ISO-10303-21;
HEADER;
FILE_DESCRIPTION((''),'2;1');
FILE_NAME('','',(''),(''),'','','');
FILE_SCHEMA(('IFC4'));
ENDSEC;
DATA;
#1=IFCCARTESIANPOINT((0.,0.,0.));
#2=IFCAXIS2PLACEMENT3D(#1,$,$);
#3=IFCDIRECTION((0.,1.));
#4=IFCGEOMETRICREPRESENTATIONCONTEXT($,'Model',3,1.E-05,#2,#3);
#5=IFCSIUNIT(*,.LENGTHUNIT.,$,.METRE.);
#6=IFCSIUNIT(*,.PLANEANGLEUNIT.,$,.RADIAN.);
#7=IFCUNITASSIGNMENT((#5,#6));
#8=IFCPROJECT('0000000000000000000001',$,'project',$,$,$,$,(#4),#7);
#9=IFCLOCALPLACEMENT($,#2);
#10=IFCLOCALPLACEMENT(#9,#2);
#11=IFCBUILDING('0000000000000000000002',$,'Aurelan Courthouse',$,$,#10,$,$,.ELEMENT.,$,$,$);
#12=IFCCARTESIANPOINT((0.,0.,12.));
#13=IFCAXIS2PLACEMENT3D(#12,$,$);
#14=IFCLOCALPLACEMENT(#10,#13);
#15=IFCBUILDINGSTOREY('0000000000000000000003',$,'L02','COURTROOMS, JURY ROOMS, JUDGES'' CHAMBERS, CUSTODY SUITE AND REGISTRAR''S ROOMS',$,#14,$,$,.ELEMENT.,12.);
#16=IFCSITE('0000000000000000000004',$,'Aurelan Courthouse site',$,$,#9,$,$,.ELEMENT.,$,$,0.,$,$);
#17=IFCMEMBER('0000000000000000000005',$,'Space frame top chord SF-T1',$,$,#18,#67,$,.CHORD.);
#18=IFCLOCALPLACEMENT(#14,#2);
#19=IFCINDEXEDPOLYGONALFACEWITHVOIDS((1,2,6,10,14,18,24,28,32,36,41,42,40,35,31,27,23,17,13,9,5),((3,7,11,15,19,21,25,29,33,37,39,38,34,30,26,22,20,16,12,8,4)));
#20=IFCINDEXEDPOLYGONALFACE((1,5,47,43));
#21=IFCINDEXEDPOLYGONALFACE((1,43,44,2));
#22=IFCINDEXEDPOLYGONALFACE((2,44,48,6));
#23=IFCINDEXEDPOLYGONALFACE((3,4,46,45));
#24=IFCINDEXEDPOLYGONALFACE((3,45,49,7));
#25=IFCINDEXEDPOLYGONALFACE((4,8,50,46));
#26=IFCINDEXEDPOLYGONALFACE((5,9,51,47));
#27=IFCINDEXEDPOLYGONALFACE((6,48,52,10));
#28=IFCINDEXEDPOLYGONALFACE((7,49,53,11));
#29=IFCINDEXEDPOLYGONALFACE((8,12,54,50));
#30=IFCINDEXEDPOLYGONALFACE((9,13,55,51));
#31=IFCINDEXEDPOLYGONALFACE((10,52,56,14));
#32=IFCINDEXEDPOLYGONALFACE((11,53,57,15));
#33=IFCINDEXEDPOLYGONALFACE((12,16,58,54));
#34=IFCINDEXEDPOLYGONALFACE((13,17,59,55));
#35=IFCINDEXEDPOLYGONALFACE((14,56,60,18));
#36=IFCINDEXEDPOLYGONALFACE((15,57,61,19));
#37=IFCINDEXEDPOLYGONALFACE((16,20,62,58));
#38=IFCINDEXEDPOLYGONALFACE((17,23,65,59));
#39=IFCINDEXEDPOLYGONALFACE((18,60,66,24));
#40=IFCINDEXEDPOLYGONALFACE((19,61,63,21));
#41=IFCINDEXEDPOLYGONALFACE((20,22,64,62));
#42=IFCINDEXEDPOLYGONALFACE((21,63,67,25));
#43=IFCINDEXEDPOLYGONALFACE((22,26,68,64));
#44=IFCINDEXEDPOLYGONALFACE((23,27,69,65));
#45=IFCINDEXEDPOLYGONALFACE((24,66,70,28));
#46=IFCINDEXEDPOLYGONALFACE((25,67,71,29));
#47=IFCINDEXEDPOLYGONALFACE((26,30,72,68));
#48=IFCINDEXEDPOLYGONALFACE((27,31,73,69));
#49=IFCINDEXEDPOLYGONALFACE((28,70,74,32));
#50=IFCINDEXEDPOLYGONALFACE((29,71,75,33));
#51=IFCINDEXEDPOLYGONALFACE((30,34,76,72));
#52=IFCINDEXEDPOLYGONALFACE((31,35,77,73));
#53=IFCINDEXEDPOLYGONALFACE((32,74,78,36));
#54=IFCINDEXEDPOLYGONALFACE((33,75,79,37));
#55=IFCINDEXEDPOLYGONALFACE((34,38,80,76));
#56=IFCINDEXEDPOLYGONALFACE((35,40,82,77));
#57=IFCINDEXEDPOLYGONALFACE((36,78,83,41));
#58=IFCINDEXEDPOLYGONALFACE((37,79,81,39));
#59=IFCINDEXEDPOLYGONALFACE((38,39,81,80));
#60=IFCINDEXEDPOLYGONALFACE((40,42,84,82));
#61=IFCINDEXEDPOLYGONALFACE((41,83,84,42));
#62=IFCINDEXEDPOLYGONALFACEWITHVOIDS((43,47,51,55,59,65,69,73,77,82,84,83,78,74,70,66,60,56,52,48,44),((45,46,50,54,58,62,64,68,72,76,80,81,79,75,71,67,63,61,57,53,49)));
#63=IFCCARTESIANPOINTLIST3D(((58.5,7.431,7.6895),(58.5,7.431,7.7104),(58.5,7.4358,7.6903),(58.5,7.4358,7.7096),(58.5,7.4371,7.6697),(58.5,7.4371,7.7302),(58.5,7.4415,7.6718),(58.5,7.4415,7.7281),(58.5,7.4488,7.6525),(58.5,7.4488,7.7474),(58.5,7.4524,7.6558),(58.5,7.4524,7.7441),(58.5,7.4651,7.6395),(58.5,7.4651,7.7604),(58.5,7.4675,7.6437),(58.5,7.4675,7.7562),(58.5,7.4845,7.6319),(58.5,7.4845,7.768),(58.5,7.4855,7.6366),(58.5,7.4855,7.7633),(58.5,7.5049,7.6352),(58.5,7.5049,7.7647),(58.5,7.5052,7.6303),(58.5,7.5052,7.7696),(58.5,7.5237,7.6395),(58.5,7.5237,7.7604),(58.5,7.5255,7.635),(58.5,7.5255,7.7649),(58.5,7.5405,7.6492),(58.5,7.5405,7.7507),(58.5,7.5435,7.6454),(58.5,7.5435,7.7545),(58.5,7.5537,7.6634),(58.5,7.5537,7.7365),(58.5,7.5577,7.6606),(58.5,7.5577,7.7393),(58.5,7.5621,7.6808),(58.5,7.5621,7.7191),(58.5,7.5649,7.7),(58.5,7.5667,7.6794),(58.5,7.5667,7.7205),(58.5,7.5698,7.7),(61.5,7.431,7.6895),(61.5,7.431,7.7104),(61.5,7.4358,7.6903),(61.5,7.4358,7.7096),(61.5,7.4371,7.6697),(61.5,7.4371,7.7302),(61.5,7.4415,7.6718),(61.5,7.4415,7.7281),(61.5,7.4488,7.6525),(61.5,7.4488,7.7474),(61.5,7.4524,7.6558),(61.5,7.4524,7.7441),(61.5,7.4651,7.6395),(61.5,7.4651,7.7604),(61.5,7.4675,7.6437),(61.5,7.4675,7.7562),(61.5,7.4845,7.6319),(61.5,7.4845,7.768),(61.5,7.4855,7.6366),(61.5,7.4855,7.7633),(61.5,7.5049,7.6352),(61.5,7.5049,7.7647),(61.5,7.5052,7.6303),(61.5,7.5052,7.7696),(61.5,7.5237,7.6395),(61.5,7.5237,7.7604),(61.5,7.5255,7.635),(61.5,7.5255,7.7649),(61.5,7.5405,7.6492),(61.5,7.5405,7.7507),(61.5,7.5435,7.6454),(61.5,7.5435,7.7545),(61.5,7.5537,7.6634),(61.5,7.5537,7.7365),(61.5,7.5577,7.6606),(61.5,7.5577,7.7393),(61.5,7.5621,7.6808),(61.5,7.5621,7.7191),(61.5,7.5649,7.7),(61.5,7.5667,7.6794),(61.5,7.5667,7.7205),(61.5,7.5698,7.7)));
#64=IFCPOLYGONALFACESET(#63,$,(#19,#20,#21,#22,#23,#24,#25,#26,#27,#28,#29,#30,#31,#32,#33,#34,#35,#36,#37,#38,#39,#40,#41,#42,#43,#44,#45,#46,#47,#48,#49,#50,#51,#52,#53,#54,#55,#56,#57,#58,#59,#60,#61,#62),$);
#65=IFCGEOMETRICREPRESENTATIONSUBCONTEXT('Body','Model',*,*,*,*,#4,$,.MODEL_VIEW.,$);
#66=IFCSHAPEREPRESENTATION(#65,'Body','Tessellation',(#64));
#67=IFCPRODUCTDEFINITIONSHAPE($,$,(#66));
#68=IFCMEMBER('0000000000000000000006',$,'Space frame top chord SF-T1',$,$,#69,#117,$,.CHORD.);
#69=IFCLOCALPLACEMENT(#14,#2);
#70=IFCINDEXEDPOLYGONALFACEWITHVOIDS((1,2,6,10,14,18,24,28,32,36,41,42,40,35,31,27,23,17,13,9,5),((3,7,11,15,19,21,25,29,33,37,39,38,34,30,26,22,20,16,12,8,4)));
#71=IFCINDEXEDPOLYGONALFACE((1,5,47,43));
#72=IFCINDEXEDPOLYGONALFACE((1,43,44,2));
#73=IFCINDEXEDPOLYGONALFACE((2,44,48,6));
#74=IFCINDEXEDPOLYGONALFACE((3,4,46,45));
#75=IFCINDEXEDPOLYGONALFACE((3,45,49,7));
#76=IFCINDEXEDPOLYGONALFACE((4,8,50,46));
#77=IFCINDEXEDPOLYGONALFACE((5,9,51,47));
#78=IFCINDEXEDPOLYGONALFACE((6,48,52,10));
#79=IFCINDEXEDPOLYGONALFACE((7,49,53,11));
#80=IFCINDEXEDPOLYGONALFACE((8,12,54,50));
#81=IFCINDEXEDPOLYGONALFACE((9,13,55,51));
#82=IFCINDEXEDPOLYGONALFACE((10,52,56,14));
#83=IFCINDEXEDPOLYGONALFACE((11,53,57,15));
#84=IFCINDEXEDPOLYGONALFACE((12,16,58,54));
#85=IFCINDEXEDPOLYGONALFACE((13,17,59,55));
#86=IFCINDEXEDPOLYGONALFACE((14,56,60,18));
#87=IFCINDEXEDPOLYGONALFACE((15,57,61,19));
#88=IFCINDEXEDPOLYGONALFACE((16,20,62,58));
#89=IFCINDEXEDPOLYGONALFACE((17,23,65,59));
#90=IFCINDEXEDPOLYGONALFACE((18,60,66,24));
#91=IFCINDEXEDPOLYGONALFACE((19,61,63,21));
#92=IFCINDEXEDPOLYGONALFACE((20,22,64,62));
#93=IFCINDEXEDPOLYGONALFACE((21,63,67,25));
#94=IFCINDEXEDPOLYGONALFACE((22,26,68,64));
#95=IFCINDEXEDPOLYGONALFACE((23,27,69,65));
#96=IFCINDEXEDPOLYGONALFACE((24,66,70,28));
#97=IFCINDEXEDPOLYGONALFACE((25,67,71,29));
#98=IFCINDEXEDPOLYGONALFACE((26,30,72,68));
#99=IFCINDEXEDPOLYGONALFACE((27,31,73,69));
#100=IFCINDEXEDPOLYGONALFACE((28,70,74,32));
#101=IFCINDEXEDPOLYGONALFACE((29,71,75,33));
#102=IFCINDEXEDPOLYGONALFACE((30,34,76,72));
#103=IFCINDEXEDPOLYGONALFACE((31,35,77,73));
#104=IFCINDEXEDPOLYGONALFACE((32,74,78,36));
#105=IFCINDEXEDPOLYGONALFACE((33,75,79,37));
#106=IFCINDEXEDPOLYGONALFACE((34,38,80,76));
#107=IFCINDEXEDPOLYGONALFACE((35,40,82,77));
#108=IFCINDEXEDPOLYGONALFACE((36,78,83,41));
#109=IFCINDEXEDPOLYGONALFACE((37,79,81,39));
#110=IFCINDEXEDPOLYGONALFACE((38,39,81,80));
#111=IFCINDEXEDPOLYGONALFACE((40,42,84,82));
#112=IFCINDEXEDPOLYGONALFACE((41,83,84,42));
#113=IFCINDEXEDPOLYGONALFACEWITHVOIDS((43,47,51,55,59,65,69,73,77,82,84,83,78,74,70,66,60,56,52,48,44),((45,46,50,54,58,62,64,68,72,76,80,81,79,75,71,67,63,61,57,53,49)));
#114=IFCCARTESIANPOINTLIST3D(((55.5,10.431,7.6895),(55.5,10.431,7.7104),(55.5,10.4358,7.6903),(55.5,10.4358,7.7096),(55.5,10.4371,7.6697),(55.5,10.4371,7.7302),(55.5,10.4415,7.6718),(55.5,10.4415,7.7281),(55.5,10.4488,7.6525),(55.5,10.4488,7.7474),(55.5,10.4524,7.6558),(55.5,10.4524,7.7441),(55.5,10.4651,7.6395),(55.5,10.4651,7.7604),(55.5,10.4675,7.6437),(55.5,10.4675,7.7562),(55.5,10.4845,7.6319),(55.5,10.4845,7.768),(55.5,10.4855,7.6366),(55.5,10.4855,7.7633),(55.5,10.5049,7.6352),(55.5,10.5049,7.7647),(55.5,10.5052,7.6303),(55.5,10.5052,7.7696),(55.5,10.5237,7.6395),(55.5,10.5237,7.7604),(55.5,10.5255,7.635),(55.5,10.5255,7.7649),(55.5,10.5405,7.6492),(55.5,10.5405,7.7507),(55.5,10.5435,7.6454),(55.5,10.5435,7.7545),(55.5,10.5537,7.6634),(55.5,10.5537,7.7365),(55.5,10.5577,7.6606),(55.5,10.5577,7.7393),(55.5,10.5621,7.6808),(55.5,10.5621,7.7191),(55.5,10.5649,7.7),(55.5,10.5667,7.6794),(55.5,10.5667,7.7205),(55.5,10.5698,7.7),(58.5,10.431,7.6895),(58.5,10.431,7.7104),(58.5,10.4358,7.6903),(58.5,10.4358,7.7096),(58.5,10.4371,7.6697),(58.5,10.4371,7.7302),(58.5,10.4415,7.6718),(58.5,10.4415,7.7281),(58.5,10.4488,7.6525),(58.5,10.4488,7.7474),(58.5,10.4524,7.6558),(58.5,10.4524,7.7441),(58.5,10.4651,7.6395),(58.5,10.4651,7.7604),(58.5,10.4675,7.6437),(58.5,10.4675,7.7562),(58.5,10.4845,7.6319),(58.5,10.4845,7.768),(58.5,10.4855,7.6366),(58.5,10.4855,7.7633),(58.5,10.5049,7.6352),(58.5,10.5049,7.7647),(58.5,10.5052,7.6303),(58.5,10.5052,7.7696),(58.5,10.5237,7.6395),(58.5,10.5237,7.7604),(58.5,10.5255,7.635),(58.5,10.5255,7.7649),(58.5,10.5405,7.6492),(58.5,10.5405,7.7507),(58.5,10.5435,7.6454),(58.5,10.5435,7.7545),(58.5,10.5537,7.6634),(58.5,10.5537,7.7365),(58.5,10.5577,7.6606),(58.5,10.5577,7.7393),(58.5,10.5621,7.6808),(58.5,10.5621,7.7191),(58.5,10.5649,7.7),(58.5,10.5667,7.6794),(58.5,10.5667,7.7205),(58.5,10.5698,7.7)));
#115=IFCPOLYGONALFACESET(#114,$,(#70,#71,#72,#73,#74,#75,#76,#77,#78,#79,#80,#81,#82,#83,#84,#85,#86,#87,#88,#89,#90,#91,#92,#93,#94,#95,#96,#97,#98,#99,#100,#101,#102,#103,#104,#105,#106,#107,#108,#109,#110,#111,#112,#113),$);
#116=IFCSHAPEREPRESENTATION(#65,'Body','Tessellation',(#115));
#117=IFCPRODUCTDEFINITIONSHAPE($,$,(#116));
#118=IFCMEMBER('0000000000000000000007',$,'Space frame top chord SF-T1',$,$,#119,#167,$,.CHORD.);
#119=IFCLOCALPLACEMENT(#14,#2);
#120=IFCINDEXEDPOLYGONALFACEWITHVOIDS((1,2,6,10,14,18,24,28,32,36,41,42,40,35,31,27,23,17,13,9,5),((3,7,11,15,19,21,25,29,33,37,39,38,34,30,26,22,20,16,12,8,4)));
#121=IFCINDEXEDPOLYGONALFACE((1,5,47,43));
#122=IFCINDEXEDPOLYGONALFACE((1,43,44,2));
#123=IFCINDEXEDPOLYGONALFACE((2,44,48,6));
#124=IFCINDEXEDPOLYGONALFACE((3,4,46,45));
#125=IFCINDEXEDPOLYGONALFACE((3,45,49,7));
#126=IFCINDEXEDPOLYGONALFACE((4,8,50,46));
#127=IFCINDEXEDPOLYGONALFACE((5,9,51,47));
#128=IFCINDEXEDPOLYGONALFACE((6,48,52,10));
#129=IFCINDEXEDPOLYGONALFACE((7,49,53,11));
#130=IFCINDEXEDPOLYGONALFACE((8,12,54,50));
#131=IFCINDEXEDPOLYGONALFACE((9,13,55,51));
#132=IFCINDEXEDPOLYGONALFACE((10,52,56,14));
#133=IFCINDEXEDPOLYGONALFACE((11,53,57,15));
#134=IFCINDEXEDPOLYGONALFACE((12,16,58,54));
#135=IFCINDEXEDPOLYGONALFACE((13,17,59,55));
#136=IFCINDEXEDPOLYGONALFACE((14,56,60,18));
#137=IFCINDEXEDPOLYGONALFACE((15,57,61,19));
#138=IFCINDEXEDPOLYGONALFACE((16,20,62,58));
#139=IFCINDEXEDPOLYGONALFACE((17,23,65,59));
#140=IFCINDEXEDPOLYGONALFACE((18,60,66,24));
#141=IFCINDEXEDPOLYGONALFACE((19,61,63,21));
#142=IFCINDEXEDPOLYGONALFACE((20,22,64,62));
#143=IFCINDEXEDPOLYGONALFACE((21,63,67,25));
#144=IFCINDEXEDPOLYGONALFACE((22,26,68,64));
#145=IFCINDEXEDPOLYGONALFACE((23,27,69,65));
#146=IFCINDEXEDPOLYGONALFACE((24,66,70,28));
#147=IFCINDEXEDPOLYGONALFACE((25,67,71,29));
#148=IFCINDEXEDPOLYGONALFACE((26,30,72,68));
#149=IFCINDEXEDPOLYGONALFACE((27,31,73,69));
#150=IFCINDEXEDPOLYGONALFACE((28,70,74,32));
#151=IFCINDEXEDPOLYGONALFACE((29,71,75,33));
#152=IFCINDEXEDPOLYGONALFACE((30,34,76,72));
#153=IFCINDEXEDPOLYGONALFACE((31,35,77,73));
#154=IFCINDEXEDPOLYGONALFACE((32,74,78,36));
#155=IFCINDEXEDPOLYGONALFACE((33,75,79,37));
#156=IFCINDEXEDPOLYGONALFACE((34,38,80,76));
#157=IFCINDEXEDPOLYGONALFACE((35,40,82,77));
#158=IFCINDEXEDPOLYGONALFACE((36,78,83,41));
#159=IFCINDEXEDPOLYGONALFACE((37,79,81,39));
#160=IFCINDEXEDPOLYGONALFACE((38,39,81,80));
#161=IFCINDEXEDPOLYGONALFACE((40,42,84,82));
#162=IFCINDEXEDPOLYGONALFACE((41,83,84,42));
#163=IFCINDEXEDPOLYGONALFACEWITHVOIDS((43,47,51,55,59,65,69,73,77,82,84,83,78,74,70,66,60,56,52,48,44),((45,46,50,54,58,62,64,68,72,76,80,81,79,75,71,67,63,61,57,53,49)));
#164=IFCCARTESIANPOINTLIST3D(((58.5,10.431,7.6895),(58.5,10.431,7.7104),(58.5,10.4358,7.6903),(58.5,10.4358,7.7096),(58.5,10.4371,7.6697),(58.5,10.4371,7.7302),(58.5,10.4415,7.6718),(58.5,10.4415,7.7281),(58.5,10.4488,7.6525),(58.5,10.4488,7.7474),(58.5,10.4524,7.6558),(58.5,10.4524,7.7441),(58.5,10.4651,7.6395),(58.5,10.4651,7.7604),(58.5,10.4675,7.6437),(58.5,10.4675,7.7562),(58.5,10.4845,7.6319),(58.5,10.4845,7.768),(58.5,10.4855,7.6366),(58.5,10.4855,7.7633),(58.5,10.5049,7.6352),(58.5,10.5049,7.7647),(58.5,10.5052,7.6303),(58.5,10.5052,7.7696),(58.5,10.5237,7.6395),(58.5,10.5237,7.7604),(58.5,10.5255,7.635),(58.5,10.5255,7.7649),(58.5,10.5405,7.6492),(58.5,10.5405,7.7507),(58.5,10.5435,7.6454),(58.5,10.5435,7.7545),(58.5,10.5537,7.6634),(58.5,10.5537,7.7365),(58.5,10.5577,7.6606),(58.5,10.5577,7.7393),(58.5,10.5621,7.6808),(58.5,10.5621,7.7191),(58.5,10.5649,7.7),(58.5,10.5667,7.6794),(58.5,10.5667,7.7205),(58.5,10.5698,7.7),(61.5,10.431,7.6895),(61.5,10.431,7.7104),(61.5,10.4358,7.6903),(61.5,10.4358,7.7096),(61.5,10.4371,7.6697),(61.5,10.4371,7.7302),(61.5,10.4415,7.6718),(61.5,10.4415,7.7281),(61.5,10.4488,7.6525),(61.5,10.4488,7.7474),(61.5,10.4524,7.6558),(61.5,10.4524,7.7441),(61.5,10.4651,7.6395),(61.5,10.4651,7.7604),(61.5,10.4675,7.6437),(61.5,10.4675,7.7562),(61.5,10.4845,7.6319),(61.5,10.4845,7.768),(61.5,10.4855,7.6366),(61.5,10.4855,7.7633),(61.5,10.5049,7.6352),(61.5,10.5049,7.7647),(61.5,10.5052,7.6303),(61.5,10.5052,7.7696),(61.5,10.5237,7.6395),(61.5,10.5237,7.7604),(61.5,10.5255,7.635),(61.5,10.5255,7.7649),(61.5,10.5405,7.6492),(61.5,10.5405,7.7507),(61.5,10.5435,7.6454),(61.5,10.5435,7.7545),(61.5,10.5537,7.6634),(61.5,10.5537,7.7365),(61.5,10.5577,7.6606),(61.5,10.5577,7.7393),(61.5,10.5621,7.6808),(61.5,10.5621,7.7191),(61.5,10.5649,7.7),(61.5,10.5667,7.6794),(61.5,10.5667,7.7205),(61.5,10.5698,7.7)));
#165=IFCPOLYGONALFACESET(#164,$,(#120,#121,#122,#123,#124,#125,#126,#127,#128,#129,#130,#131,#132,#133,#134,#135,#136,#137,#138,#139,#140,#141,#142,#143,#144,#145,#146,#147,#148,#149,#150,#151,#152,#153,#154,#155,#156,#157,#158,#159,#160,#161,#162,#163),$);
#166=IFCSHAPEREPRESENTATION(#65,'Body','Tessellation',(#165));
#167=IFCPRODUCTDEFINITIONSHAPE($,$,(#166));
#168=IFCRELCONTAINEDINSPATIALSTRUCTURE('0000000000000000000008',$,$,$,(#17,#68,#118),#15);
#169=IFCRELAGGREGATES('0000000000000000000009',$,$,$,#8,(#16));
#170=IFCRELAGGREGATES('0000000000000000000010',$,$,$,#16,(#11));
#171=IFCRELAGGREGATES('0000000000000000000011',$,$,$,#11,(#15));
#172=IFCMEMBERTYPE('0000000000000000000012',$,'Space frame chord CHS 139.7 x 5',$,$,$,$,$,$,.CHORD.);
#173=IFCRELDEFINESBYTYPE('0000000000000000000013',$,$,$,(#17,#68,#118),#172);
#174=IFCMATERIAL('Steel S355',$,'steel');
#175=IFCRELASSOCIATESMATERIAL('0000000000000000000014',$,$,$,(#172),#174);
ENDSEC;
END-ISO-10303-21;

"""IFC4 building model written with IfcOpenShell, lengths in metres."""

from ifc_helpers import new_model, si_unit, direction, frame, origin, origin_2d, place, context, subcontext, project, spatial, hollow_circle, extrude, material, material_profile, profile_set, type_object, element, save


model = new_model("IFC4")

# Units and contexts
model_context = context("Model", 3, precision=1e-05, world=origin(), true_north=direction((0.0, 1.0)))
body_context = subcontext(model_context, "Body", "Model", "MODEL_VIEW")
ifc_project = project(units=[si_unit("LENGTHUNIT", "METRE"), si_unit("PLANEANGLEUNIT", "RADIAN")], contexts=[model_context])

# Site, building, storey
site_placement = place(None, origin())
site = spatial("IfcSite", under=ifc_project, at=site_placement, Name="Aurelan Courthouse site", CompositionType="ELEMENT", RefElevation=0.0)
building_placement = place(site_placement, origin())
building = spatial("IfcBuilding", under=site, at=building_placement, Name="Aurelan Courthouse", CompositionType="ELEMENT")
storey_placement = place(building_placement, frame((0.0, 0.0, 12.0)))
storey = spatial("IfcBuildingStorey", under=building, at=storey_placement, Name="L02", Description="COURTROOMS, JURY ROOMS, JUDGES' CHAMBERS, CUSTODY SUITE AND REGISTRAR'S ROOMS", CompositionType="ELEMENT", Elevation=12.0)

# Members
ifc_material_1 = material(Name="Steel S355", Category="steel")
ifc_material_profile_1 = material_profile(ifc_material_1, hollow_circle(Radius=0.0698, WallThickness=0.0049, at=origin_2d()), Name="CHS 139.7 x 5")
ifc_profile_set_1 = profile_set([ifc_material_profile_1], Name="Steel S355")
member_type_1 = type_object("IfcMemberType", Name="Space frame chord CHS 139.7 x 5", PredefinedType="CHORD", material=ifc_profile_set_1)
for number, where, z_axis, x_axis, name in (
    (1, (58.5, 7.5, 7.7), (1.0, 0.0, 0.0), (0.0, 1.0, 0.0), "Space frame top chord SF-T1"),
    (2, (55.5, 10.5, 7.7), (1.0, 0.0, 0.0), (0.0, 1.0, 0.0), "Space frame top chord SF-T1"),
    (3, (58.5, 10.5, 7.7), (1.0, 0.0, 0.0), (0.0, 1.0, 0.0), "Space frame top chord SF-T1"),
):
    element("IfcMember", number, at=place(storey_placement, frame(where, z_axis=z_axis, x_axis=x_axis)), inside=storey, type_object=member_type_1, Name=name, PredefinedType="CHORD", context=body_context, shape_type="SweptSolid", body=[
        extrude(hollow_circle(Radius=0.0698, WallThickness=0.0049, at=origin_2d()), origin(), (0.0, 0.0, 1.0), 3.0),
    ])

save(model, "model.ifc")
